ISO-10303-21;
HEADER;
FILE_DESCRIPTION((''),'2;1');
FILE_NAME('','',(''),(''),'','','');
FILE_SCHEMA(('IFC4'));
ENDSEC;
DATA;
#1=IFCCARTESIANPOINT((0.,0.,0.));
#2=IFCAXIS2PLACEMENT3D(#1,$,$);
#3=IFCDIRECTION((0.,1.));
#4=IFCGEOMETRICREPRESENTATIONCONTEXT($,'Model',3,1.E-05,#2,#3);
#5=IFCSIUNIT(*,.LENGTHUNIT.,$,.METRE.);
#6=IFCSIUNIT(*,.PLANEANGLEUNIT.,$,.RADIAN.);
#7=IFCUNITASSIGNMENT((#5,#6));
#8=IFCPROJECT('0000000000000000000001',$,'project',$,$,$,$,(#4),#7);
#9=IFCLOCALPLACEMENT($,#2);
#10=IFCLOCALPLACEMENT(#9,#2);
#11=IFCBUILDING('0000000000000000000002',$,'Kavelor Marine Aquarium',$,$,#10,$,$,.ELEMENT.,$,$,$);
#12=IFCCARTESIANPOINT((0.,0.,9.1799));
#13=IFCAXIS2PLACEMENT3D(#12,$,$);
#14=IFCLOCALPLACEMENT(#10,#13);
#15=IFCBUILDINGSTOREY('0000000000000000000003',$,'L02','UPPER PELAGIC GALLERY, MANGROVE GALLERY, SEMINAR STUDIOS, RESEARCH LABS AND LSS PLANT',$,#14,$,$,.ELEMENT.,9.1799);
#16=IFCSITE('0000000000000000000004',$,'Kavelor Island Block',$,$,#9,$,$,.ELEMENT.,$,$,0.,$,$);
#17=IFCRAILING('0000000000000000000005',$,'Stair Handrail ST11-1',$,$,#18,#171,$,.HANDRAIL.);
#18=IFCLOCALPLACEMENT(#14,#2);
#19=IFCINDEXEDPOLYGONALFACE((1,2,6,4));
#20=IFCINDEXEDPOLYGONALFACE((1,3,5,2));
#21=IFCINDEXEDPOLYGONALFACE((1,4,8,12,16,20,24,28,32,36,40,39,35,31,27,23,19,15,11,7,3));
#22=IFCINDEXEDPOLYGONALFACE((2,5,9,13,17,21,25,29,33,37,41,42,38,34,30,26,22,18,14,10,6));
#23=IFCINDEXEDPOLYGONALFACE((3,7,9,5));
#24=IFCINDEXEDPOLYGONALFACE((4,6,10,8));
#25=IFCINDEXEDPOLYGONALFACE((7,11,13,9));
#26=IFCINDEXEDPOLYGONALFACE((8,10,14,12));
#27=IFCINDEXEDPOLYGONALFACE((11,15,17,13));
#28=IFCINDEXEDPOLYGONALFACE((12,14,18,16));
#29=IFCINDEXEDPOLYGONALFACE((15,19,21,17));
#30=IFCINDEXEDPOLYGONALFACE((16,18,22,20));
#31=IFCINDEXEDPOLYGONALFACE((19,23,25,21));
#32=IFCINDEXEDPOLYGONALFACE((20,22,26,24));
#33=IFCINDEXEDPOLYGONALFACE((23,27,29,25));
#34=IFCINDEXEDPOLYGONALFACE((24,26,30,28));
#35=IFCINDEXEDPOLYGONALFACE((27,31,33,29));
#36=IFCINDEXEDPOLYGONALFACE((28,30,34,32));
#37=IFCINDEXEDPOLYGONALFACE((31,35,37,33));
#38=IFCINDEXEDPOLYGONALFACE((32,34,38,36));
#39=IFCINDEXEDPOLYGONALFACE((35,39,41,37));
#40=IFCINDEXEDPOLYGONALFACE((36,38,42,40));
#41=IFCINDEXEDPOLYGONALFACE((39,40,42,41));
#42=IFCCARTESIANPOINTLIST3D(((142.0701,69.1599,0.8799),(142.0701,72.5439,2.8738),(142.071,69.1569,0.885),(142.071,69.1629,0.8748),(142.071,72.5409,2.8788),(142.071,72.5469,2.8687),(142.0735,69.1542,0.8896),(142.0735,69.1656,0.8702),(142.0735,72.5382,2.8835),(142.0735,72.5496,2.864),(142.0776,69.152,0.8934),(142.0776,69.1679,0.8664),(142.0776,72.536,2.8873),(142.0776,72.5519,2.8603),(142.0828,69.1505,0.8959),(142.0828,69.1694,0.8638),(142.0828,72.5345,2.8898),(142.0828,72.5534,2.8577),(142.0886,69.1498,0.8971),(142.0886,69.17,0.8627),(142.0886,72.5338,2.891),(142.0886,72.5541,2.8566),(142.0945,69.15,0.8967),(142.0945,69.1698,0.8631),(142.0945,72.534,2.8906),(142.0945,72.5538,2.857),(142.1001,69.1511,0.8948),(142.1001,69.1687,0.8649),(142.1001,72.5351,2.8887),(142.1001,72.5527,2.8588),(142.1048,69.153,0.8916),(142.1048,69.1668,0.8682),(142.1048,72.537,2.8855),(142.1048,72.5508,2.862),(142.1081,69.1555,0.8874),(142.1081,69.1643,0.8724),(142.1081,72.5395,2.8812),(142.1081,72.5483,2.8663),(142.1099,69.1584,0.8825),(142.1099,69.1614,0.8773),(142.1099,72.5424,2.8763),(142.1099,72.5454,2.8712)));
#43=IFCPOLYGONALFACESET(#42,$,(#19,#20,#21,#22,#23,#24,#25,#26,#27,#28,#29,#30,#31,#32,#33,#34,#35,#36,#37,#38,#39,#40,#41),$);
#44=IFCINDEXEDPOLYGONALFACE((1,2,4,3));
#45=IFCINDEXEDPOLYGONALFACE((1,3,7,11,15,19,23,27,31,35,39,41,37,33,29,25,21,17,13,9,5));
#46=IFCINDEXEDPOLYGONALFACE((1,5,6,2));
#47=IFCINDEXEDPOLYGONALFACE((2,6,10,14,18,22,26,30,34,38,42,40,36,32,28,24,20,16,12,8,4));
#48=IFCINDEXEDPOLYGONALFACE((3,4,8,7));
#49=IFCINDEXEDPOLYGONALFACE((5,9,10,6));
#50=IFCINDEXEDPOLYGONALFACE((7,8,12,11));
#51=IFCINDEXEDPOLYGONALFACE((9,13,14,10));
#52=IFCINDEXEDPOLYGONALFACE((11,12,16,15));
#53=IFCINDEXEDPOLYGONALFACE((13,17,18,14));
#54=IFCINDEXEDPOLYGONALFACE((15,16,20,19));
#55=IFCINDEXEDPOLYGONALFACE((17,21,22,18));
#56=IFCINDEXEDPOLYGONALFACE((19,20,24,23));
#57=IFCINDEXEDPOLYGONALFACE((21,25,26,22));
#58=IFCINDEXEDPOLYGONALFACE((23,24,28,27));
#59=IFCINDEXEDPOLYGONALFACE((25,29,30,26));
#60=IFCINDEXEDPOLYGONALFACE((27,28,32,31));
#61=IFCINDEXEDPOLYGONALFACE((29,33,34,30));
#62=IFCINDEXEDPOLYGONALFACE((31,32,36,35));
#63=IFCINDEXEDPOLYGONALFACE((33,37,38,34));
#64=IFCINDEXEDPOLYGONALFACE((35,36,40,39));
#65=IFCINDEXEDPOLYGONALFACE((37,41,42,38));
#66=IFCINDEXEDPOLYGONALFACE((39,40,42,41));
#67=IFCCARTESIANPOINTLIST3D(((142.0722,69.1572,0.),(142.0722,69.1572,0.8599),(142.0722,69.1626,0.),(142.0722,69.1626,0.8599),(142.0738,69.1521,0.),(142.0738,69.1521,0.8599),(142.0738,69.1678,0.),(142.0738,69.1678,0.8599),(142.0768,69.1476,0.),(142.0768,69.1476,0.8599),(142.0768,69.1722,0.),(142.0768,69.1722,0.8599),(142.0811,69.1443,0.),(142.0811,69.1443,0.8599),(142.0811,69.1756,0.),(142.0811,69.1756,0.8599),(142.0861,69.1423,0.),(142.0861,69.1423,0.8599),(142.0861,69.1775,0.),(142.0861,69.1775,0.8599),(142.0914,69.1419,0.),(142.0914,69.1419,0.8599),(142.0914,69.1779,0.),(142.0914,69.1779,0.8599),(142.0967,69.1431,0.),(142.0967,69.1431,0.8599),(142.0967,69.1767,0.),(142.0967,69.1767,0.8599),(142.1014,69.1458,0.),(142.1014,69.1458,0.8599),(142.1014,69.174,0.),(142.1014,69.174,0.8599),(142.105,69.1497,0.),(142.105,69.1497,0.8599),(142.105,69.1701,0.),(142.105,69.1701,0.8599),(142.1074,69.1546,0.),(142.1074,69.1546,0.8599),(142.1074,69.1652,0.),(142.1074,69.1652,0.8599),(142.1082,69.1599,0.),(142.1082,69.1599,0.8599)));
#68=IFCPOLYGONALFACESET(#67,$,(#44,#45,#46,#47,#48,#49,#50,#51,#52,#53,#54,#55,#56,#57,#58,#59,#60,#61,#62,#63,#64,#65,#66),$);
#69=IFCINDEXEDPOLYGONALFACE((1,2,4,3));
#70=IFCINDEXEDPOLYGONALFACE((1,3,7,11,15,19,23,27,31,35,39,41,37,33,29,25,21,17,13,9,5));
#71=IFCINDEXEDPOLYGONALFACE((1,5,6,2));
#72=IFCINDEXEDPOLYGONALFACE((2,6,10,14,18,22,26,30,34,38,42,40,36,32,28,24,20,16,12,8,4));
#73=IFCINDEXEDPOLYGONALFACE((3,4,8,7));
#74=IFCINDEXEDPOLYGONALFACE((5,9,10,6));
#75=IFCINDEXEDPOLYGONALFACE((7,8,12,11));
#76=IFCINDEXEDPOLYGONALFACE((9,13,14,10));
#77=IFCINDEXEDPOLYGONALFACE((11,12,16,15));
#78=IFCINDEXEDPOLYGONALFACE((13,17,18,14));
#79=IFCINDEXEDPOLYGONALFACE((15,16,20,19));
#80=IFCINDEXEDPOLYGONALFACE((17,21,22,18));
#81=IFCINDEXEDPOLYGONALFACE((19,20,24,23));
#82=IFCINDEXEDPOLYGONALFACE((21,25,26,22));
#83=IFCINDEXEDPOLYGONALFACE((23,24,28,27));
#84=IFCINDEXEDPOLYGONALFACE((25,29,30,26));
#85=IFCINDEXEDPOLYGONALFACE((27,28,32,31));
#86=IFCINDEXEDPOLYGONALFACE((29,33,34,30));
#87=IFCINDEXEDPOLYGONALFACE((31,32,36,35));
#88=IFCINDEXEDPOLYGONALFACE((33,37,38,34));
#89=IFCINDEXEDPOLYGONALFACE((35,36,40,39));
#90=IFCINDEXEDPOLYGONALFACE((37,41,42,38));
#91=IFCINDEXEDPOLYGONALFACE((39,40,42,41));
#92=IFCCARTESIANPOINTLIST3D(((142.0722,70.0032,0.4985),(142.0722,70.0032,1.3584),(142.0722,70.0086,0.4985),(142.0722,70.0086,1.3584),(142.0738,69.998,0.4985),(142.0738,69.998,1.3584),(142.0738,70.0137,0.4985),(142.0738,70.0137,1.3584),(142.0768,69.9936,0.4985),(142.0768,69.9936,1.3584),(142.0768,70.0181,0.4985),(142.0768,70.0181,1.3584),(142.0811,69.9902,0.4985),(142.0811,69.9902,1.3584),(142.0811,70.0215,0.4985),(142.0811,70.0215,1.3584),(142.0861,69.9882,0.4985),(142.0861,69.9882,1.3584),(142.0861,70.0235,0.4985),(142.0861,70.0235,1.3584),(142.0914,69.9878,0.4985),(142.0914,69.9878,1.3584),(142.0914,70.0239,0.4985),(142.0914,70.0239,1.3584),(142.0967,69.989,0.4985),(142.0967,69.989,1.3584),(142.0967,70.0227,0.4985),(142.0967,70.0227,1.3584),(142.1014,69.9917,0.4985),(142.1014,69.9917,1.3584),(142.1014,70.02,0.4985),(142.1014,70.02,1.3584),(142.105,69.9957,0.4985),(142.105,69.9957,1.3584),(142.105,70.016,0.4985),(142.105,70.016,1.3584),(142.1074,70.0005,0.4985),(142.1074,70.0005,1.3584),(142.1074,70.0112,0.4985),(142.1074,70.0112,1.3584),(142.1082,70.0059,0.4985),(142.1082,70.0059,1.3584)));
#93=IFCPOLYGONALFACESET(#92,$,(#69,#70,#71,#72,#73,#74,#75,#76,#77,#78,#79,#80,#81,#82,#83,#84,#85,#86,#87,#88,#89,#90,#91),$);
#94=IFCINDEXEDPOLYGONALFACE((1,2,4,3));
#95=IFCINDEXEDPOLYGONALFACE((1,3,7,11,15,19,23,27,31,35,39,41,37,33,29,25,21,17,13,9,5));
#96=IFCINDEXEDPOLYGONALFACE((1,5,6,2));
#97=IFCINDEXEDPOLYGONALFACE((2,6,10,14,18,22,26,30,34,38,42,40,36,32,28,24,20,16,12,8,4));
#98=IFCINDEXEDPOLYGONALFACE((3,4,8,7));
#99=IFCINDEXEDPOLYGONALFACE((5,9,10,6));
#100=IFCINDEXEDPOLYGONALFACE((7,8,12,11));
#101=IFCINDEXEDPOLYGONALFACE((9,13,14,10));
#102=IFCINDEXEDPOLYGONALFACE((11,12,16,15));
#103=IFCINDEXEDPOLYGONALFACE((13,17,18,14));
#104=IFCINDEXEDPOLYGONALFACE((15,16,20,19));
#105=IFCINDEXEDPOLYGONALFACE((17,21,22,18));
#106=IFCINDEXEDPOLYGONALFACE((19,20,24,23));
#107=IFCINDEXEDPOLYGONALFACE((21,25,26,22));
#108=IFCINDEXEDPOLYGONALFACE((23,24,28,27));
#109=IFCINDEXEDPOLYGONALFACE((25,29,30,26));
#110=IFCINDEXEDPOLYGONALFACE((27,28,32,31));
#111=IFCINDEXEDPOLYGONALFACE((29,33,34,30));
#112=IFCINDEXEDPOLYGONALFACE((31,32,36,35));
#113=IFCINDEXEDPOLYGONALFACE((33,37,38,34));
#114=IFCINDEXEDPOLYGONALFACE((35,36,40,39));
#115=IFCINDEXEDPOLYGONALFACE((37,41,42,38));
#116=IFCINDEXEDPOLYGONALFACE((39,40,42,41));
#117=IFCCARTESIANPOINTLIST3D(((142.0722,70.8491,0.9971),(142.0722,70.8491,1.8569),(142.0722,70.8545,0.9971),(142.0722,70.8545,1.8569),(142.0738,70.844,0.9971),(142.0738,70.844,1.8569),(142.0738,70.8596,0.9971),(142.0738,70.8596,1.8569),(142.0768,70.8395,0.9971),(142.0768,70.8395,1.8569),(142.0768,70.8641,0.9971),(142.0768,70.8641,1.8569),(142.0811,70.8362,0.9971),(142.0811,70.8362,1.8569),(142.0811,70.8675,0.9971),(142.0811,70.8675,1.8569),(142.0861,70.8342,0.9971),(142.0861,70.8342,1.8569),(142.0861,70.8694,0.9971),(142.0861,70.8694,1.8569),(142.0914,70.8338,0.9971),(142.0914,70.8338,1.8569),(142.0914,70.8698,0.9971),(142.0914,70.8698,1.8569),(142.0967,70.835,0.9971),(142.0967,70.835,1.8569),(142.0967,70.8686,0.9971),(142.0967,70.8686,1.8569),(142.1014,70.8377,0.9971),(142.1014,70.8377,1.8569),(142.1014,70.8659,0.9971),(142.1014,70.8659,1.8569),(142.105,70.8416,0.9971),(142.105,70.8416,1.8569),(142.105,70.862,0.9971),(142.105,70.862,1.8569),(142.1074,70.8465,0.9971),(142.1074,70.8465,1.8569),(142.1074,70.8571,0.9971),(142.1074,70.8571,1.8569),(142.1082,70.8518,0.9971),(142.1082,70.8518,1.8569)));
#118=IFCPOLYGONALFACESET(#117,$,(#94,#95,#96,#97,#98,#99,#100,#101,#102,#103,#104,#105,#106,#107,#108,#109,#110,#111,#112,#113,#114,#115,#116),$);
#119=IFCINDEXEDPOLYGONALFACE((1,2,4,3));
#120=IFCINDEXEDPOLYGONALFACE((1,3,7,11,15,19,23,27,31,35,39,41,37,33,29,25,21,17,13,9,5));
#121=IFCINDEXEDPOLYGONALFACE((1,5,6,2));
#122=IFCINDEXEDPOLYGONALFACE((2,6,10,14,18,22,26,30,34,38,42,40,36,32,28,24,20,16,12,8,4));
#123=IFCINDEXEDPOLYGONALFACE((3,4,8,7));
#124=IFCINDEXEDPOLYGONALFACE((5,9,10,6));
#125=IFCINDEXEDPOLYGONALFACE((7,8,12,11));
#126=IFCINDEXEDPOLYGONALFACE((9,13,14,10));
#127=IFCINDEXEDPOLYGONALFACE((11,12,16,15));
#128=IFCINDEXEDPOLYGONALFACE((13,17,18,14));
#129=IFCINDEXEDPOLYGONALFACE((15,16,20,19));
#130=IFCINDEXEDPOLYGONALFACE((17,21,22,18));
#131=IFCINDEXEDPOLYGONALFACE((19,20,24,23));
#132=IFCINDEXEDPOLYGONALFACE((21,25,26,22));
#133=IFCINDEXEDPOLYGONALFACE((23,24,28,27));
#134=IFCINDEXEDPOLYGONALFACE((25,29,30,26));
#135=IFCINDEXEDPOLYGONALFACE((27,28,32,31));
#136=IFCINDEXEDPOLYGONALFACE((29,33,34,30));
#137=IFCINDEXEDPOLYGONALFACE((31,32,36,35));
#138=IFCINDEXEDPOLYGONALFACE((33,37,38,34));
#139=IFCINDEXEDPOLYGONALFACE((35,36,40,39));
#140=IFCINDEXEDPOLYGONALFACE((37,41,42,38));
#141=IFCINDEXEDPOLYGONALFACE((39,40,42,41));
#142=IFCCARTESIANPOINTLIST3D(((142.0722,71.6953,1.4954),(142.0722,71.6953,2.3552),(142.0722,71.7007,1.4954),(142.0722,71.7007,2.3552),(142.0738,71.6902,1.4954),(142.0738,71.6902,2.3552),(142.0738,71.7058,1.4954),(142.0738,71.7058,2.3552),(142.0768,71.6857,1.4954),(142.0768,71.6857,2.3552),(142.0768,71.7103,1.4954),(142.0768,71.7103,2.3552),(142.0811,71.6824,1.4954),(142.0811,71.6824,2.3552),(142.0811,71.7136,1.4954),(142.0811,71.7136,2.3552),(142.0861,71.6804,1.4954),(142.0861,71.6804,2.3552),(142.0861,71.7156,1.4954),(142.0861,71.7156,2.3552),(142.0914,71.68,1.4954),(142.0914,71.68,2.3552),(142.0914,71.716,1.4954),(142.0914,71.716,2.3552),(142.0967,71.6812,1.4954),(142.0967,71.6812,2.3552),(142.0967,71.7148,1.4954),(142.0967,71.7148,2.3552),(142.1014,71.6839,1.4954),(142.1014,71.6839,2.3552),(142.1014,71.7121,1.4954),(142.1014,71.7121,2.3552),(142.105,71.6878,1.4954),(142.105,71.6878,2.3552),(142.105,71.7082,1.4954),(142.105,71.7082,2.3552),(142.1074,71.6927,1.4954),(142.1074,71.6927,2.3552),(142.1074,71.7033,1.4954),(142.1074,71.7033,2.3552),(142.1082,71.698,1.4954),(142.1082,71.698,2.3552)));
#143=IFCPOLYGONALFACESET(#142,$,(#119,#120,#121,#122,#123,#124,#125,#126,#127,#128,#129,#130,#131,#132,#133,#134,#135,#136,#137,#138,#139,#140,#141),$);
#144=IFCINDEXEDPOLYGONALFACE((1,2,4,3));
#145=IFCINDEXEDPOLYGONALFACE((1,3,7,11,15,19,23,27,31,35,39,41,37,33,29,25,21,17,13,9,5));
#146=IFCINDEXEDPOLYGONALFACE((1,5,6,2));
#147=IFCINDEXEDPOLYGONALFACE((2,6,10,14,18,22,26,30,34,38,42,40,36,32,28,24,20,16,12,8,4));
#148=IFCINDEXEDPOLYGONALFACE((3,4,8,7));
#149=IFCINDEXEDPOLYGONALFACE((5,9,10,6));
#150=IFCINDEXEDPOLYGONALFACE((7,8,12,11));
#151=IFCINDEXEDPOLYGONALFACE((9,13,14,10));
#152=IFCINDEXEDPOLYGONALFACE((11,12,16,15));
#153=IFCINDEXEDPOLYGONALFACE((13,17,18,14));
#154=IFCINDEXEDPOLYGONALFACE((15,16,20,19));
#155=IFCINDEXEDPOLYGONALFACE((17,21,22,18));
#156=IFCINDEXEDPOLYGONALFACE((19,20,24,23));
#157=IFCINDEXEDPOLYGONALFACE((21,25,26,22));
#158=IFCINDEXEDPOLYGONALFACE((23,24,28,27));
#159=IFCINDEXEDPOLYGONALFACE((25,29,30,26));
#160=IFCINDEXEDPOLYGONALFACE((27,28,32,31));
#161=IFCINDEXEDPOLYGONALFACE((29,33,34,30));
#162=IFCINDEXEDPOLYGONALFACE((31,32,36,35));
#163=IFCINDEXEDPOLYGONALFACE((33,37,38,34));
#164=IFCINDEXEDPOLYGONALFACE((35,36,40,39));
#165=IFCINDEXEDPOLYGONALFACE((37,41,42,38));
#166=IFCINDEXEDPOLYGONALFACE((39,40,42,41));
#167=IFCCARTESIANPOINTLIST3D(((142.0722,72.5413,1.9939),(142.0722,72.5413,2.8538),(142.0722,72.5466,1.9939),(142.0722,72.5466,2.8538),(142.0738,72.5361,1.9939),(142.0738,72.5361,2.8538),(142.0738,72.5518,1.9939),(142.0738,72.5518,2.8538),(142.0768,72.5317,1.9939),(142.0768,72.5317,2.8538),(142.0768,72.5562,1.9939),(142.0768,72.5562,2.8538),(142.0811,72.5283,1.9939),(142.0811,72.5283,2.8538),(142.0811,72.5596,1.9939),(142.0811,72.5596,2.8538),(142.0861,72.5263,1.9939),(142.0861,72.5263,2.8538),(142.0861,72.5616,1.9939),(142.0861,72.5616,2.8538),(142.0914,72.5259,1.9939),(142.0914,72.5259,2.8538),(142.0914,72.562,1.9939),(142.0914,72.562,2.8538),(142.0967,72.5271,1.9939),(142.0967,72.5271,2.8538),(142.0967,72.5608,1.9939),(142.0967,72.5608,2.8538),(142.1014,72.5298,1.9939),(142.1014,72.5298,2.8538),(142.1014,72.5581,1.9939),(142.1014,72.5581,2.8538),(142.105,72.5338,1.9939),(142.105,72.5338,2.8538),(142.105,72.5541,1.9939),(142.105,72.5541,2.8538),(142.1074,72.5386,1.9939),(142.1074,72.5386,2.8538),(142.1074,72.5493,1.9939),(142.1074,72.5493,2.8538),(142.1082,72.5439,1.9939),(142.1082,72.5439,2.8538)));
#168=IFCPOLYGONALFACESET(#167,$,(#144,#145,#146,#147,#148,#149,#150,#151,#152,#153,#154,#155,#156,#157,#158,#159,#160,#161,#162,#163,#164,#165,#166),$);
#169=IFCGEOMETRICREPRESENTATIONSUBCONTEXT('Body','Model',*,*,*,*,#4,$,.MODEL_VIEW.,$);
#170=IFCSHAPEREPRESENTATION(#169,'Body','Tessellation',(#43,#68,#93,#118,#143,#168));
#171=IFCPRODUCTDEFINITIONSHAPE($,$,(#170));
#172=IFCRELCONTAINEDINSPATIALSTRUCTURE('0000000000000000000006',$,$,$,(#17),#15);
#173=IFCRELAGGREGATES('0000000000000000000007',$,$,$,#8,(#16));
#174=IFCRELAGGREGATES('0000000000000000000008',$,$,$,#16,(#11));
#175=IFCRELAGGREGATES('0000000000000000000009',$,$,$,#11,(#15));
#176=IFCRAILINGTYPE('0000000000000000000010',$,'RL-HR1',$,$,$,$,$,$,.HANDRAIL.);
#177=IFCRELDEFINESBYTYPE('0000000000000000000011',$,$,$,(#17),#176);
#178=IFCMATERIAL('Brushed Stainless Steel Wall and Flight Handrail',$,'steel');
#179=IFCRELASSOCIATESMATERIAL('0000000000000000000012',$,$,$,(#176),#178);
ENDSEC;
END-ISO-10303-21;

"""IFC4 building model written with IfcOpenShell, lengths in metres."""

from ifc_helpers import new_model, si_unit, direction, frame, origin, origin_2d, place, context, subcontext, project, spatial, circle, extrude, material, type_object, element, save


model = new_model("IFC4")

# Units and contexts
model_context = context("Model", 3, precision=1e-05, world=origin(), true_north=direction((0.0, 1.0)))
body_context = subcontext(model_context, "Body", "Model", "MODEL_VIEW")
ifc_project = project(units=[si_unit("LENGTHUNIT", "METRE"), si_unit("PLANEANGLEUNIT", "RADIAN")], contexts=[model_context])

# Site, building, storey
site_placement = place(None, origin())
site = spatial("IfcSite", under=ifc_project, at=site_placement, Name="Kavelor Island Block", CompositionType="ELEMENT", RefElevation=0.0)
building_placement = place(site_placement, origin())
building = spatial("IfcBuilding", under=site, at=building_placement, Name="Kavelor Marine Aquarium", CompositionType="ELEMENT")
storey_placement = place(building_placement, frame((0.0, 0.0, 9.1799)))
storey = spatial("IfcBuildingStorey", under=building, at=storey_placement, Name="L02", Description="UPPER PELAGIC GALLERY, MANGROVE GALLERY, SEMINAR STUDIOS, RESEARCH LABS AND LSS PLANT", CompositionType="ELEMENT", Elevation=9.1799)

# Railing
ifc_material_1 = material(Name="Brushed Stainless Steel Wall and Flight Handrail", Category="steel")
railing_type_1 = type_object("IfcRailingType", Name="RL-HR1", PredefinedType="HANDRAIL", material=ifc_material_1)
railing_1_placement = place(storey_placement, frame((142.0901, 69.1599, 0.0)))
element("IfcRailing", 1, at=railing_1_placement, inside=storey, type_object=railing_type_1, Name="Stair Handrail ST11-1", PredefinedType="HANDRAIL", context=body_context, shape_type="SweptSolid", body=[
    extrude(circle(Radius=0.02, at=origin_2d()), frame((0.0, 0.0, 0.8799), z_axis=(0.0, 0.861568, 0.507642), x_axis=(-1.0, 0.0, 0.0)), (0.0, 0.0, 1.0), 3.9277),
    extrude(circle(Radius=0.0181, at=origin_2d()), origin(), (0.0, 0.0, 1.0), 0.8599),
    extrude(circle(Radius=0.0181, at=origin_2d()), frame((0.0, 0.8459, 0.4985)), (0.0, 0.0, 1.0), 0.8599),
    extrude(circle(Radius=0.0181, at=origin_2d()), frame((0.0, 1.6919, 0.9971)), (0.0, 0.0, 1.0), 0.8599),
    extrude(circle(Radius=0.0181, at=origin_2d()), frame((0.0, 2.5381, 1.4954)), (0.0, 0.0, 1.0), 0.8599),
    extrude(circle(Radius=0.0181, at=origin_2d()), frame((0.0, 3.384, 1.9939)), (0.0, 0.0, 1.0), 0.8599),
])

save(model, "model.ifc")
